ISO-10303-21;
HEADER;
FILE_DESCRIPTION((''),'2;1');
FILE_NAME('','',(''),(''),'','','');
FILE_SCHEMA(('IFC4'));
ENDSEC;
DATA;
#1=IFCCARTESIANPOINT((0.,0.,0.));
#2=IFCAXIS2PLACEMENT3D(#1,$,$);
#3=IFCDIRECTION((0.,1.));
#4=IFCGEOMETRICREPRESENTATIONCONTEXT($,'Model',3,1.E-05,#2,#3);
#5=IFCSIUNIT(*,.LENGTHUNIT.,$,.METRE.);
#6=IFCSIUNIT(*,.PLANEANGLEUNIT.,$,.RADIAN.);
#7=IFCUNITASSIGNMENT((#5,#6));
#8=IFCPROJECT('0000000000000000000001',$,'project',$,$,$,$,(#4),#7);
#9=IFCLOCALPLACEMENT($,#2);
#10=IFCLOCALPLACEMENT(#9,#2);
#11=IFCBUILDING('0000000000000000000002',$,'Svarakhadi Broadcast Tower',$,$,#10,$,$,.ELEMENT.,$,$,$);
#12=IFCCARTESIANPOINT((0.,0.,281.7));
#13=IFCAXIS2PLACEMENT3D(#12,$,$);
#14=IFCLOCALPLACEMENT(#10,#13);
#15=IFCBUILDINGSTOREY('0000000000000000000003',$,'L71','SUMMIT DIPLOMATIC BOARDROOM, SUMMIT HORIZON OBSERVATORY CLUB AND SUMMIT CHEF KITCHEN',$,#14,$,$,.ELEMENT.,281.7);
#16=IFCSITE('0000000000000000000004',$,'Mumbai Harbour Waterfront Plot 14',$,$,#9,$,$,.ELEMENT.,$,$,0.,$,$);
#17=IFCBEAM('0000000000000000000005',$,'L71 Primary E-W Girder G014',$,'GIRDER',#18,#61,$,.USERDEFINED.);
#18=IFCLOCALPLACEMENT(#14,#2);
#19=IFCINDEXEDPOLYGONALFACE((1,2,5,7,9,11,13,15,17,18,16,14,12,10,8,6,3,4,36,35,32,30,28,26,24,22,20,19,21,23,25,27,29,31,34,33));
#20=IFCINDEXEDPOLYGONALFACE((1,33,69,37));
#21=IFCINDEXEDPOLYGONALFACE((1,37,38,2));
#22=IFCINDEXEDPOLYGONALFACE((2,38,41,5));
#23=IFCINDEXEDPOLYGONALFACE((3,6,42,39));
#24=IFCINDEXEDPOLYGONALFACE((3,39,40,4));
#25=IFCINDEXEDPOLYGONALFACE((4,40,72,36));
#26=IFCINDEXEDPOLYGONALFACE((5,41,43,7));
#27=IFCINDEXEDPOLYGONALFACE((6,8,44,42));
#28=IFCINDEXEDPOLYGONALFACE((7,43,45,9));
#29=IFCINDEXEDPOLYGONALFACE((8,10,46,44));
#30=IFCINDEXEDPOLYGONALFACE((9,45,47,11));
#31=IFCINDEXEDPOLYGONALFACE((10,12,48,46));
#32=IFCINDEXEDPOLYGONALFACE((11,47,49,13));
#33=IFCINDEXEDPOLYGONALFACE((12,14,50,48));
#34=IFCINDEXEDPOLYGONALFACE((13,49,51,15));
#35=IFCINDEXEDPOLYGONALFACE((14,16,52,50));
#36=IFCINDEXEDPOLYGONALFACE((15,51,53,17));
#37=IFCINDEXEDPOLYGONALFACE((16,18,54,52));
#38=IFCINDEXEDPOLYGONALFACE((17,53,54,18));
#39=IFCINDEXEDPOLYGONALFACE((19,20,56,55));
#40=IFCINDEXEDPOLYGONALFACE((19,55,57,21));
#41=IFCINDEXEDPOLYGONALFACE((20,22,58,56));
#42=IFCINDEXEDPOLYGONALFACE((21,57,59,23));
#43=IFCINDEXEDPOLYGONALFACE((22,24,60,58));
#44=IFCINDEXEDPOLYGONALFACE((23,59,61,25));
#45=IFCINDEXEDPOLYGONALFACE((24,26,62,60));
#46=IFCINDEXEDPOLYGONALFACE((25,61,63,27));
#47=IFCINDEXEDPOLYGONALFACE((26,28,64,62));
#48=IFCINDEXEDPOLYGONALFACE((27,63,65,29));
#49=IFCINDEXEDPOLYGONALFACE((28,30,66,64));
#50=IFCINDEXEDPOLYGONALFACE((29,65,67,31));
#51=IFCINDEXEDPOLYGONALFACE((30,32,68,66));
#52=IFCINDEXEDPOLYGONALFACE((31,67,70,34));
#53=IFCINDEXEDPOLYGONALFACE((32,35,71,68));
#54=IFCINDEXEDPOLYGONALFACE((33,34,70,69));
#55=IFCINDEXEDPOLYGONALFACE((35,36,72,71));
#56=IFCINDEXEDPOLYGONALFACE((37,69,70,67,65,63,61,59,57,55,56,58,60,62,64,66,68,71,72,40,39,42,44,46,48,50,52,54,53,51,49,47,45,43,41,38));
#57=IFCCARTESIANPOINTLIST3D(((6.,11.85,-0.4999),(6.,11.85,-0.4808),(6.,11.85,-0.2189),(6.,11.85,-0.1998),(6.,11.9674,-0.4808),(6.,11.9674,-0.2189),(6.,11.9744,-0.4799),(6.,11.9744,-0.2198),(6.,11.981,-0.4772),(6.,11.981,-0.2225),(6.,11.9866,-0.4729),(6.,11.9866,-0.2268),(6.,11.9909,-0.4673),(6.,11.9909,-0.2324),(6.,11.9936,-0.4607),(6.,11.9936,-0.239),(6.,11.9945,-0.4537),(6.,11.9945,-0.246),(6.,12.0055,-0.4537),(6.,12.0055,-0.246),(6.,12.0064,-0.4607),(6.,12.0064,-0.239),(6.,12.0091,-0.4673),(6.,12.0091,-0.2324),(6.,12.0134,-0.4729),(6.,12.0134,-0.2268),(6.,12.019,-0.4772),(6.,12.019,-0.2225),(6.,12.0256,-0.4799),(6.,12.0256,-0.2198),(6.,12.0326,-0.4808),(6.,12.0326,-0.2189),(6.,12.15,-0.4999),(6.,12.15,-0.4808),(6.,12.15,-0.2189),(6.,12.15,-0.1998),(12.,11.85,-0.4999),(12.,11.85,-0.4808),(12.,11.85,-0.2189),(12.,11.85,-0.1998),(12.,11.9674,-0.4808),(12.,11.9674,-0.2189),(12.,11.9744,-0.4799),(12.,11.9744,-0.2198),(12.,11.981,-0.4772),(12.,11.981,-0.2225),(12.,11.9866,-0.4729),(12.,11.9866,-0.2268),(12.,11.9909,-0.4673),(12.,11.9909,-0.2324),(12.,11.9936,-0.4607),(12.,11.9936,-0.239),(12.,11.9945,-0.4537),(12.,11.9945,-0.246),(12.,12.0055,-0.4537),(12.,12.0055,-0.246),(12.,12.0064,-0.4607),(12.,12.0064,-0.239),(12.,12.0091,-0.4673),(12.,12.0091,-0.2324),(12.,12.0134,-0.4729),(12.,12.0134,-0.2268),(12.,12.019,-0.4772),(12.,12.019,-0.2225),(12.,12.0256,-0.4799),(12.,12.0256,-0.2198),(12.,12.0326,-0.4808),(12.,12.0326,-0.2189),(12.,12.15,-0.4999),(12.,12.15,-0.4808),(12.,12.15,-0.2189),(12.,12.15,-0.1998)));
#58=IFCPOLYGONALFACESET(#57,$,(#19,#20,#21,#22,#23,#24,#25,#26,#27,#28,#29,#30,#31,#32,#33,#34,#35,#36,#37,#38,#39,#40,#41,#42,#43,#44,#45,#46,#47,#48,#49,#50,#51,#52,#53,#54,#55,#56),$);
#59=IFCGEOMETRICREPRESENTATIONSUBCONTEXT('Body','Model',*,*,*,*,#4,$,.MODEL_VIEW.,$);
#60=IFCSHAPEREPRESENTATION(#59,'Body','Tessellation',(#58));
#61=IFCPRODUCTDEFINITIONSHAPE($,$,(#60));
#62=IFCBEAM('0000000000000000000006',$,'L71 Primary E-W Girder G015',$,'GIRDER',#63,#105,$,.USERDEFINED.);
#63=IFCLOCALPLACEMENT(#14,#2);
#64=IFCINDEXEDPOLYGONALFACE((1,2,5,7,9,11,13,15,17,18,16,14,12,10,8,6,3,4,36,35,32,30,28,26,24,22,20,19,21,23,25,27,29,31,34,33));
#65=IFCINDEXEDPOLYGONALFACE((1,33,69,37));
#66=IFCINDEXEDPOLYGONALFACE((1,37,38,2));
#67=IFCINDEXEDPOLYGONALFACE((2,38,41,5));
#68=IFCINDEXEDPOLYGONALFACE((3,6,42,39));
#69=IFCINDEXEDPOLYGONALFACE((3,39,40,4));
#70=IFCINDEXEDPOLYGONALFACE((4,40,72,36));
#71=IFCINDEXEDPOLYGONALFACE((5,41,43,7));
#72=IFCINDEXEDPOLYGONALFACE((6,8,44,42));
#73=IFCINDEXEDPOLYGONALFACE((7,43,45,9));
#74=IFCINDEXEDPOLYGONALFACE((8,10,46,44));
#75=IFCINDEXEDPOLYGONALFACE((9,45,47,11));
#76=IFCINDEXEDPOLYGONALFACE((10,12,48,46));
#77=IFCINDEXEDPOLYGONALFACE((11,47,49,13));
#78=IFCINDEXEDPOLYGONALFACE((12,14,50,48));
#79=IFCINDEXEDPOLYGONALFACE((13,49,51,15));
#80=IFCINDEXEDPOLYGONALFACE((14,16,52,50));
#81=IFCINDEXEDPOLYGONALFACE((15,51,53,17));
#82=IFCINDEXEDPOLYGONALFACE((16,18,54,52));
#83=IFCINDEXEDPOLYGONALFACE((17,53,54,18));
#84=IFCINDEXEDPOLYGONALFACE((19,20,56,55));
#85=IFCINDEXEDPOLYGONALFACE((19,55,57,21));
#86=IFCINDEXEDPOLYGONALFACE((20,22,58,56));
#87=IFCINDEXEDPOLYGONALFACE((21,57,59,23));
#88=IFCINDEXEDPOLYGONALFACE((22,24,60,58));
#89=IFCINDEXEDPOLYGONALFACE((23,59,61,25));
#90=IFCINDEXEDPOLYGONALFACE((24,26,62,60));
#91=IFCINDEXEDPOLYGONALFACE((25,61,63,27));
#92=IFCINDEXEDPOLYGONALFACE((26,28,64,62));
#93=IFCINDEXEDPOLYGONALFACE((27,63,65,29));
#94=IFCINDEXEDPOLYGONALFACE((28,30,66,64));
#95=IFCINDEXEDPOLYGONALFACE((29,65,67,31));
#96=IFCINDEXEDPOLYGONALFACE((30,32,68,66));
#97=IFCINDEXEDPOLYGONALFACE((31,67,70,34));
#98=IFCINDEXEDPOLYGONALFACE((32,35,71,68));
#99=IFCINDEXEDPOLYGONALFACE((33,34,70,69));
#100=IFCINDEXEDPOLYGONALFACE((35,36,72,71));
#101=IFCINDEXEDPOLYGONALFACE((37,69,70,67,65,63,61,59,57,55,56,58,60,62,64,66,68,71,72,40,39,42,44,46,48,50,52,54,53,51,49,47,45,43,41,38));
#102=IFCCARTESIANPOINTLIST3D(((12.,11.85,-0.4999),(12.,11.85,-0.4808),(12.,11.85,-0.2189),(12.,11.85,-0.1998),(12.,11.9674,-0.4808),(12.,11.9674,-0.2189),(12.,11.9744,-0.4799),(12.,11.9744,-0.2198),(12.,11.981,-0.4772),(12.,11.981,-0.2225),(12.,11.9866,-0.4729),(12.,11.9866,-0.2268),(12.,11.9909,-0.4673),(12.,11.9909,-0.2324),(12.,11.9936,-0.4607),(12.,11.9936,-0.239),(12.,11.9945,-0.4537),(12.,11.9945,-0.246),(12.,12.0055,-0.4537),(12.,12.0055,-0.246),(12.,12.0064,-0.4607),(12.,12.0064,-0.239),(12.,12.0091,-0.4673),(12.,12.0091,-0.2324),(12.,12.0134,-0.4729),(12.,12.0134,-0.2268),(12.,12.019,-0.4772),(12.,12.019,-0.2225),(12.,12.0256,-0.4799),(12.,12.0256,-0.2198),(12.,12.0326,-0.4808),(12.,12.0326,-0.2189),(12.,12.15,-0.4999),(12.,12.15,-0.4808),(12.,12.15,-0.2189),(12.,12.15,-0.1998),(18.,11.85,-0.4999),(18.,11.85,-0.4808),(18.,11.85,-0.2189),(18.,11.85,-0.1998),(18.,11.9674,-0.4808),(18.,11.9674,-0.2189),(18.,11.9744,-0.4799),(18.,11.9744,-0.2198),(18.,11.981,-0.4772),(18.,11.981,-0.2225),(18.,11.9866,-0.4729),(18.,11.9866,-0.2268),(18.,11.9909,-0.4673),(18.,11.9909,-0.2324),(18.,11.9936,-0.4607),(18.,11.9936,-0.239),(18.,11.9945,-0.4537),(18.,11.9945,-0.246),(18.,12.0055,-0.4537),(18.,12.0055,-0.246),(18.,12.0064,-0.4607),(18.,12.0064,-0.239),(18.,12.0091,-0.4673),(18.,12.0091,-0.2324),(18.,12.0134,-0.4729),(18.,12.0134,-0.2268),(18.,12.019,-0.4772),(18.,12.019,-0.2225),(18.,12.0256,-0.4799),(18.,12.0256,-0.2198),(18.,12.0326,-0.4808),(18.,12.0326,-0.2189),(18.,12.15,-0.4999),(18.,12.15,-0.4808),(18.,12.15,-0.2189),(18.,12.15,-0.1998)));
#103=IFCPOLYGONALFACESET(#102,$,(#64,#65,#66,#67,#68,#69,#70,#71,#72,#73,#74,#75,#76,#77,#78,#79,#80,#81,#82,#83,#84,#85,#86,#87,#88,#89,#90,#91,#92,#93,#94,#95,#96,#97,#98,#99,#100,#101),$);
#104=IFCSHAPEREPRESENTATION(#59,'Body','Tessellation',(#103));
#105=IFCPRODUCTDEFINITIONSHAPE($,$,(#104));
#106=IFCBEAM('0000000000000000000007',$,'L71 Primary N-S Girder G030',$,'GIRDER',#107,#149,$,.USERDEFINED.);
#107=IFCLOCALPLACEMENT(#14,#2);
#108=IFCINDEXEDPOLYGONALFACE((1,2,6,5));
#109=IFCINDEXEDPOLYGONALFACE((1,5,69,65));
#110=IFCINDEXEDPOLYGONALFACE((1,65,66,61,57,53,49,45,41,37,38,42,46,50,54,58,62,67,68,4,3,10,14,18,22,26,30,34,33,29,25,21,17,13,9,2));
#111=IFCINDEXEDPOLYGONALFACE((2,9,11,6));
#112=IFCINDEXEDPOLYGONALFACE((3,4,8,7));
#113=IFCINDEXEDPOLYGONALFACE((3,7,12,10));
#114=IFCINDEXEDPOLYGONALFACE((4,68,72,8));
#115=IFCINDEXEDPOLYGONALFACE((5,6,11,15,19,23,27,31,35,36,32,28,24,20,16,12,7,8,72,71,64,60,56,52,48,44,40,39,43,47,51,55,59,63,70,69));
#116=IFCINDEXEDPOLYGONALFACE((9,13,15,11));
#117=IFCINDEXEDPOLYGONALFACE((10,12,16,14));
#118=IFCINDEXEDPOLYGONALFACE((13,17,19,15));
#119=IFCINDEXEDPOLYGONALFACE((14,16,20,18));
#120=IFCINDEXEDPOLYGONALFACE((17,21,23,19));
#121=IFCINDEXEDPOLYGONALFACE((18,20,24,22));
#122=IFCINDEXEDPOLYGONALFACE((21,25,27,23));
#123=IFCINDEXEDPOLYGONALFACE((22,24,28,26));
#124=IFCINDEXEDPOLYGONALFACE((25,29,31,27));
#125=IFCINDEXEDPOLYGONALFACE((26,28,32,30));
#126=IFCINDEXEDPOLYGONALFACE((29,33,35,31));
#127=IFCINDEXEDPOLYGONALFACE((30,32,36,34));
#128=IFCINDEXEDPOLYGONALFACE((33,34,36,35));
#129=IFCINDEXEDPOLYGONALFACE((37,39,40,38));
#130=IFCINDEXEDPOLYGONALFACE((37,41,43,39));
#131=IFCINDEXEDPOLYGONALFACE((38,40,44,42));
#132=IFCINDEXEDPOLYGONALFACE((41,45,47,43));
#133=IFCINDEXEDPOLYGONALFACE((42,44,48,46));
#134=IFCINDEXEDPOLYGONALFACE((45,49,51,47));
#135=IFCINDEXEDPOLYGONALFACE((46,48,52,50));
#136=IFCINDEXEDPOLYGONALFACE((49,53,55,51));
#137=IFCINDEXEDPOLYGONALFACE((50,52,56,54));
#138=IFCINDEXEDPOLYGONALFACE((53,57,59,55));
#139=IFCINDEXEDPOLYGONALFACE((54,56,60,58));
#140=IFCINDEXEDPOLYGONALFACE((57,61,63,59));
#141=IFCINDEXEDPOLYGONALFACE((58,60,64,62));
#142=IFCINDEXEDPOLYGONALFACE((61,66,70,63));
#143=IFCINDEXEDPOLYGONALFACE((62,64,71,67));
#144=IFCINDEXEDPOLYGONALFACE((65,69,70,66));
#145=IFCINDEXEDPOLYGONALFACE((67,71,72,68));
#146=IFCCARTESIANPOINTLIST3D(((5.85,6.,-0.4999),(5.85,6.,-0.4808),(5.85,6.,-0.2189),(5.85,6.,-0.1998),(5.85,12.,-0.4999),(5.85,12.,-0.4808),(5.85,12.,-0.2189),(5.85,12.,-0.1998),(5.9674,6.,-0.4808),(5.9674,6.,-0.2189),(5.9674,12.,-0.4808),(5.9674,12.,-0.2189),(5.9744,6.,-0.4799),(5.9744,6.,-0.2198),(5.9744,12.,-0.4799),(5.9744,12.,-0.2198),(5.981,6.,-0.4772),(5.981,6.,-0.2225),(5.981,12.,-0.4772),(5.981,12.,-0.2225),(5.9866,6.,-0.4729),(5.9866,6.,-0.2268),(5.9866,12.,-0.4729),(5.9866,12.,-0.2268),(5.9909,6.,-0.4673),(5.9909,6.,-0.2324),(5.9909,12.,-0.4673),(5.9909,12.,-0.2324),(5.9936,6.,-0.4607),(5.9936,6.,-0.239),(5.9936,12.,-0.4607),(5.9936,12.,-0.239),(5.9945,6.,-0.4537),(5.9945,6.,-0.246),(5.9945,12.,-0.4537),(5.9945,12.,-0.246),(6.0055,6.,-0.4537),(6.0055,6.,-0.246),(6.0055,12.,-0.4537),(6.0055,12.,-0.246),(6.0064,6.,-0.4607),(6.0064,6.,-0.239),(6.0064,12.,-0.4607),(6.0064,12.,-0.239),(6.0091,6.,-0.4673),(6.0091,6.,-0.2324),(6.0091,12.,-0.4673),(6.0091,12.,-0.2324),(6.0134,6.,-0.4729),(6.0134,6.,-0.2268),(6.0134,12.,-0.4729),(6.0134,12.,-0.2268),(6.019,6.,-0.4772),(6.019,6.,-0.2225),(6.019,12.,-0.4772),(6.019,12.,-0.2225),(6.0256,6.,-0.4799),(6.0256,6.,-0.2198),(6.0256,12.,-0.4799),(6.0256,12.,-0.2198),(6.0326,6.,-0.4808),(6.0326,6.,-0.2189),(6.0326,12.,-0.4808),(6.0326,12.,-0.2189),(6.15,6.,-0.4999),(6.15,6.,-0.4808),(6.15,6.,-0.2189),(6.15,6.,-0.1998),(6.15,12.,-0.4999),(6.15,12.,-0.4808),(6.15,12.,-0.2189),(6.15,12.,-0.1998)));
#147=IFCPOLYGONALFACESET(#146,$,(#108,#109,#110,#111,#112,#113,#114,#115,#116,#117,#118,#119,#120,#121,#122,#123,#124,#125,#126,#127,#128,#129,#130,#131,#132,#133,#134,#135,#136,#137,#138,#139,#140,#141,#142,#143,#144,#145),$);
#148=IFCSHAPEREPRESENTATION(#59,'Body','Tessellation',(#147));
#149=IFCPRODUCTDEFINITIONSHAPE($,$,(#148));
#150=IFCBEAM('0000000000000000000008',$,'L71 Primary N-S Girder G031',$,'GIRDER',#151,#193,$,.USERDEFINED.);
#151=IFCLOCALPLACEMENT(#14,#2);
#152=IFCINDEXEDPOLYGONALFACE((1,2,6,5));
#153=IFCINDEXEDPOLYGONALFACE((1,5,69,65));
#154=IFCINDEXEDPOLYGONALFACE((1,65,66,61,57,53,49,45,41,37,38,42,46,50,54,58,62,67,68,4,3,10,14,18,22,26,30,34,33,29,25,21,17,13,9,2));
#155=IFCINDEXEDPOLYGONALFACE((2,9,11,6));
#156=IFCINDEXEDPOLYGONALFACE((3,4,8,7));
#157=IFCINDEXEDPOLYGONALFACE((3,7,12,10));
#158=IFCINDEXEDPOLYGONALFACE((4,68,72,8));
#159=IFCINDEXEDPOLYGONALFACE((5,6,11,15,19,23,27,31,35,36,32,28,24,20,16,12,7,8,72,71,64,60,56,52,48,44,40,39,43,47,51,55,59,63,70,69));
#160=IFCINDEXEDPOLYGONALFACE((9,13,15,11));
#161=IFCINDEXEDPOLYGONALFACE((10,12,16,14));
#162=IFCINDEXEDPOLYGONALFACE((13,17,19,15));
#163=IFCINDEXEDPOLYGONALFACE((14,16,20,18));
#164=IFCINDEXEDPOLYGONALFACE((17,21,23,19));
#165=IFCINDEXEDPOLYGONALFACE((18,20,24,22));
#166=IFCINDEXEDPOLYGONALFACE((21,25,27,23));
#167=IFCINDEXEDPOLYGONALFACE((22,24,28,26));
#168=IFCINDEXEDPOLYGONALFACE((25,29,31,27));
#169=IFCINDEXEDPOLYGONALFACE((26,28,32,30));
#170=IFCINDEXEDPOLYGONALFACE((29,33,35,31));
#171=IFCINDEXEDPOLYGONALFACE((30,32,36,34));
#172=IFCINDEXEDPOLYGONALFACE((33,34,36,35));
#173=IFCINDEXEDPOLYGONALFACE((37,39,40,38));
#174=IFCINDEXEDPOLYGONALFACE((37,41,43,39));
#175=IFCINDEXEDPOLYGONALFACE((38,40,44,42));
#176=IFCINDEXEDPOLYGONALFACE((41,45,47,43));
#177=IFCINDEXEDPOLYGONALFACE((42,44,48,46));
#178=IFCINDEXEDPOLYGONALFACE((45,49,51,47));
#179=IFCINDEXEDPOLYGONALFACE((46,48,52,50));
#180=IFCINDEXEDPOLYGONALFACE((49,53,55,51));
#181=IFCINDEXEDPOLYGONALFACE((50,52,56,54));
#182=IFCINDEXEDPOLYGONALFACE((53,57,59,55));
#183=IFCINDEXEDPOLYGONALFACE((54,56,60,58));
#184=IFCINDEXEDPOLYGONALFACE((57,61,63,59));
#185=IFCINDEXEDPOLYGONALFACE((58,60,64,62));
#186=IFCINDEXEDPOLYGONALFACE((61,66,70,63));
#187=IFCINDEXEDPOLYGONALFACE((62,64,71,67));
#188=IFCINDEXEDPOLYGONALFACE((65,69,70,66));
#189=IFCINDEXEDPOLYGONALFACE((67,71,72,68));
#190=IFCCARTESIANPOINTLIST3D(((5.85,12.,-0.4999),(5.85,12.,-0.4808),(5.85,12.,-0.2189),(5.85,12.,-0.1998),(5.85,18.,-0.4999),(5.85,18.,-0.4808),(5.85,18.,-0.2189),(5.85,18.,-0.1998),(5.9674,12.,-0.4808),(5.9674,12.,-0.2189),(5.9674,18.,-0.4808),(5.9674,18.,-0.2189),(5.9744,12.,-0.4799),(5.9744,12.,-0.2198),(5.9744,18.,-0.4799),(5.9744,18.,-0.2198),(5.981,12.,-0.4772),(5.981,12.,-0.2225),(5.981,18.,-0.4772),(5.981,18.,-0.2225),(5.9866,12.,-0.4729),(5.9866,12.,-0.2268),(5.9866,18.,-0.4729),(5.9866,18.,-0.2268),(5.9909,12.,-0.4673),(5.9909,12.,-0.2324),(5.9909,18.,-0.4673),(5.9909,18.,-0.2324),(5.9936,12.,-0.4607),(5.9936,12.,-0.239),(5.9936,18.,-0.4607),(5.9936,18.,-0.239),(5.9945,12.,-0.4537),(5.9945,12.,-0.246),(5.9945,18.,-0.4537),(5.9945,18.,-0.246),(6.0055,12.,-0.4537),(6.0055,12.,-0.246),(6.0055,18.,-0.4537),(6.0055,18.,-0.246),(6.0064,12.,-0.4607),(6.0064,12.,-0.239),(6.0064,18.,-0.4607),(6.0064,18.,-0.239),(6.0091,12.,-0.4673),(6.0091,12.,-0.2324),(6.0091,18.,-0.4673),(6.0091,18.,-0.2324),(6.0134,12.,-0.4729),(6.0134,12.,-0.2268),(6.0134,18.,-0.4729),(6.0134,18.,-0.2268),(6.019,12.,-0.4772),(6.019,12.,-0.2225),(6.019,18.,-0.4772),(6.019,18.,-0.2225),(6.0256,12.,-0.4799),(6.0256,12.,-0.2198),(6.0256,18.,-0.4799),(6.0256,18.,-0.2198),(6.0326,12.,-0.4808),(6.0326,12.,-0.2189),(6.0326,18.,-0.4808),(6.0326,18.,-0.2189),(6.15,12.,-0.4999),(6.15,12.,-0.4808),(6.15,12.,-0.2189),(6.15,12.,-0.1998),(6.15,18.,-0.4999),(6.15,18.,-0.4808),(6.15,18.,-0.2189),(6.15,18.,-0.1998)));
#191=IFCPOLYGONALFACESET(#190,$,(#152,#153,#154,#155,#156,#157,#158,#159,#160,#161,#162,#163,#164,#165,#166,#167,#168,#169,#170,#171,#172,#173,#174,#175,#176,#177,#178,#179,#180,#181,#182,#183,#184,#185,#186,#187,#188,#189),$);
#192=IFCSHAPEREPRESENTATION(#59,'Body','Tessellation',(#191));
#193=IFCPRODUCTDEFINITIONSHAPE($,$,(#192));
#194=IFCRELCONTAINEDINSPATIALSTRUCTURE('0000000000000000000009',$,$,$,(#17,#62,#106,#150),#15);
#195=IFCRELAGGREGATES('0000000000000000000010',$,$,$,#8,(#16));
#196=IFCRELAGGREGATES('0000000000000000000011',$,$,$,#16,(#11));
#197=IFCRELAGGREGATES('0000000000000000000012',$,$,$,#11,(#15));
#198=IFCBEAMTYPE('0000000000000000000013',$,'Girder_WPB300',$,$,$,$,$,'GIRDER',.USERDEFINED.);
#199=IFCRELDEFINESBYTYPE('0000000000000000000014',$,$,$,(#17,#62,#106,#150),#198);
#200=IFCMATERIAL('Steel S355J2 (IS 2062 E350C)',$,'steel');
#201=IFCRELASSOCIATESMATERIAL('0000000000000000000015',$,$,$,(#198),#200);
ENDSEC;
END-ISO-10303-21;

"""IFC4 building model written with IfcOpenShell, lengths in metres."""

from ifc_helpers import new_model, si_unit, direction, frame, origin, origin_2d, place, context, subcontext, project, spatial, i_section, extrude, material, material_profile, profile_set, type_object, element, save


model = new_model("IFC4")

# Units and contexts
model_context = context("Model", 3, precision=1e-05, world=origin(), true_north=direction((0.0, 1.0)))
body_context = subcontext(model_context, "Body", "Model", "MODEL_VIEW")
ifc_project = project(units=[si_unit("LENGTHUNIT", "METRE"), si_unit("PLANEANGLEUNIT", "RADIAN")], contexts=[model_context])

# Site, building, storey
site_placement = place(None, origin())
site = spatial("IfcSite", under=ifc_project, at=site_placement, Name="Mumbai Harbour Waterfront Plot 14", CompositionType="ELEMENT", RefElevation=0.0)
building_placement = place(site_placement, origin())
building = spatial("IfcBuilding", under=site, at=building_placement, Name="Svarakhadi Broadcast Tower", CompositionType="ELEMENT")
storey_placement = place(building_placement, frame((0.0, 0.0, 281.7)))
storey = spatial("IfcBuildingStorey", under=building, at=storey_placement, Name="L71", Description="SUMMIT DIPLOMATIC BOARDROOM, SUMMIT HORIZON OBSERVATORY CLUB AND SUMMIT CHEF KITCHEN", CompositionType="ELEMENT", Elevation=281.7)

# Beams
ifc_material_1 = material(Name="Steel S355J2 (IS 2062 E350C)", Category="steel")
ifc_material_profile_1 = material_profile(ifc_material_1, i_section(OverallWidth=0.3, OverallDepth=0.3, WebThickness=0.011, FlangeThickness=0.019, FilletRadius=0.0271, at=origin_2d()), Name="WPB 300x300x117")
ifc_profile_set_1 = profile_set([ifc_material_profile_1], Name="Steel S355J2 (IS 2062 E350C)")
beam_type_1 = type_object("IfcBeamType", Name="Girder_WPB300", ElementType="GIRDER", PredefinedType="USERDEFINED", material=ifc_profile_set_1)
for number, where, z_axis, x_axis, name in (
    (1, (6.0, 12.0, -0.3499), (1.0, 0.0, 0.0), (0.0, 1.0, 0.0), "L71 Primary E-W Girder G014"),
    (2, (12.0, 12.0, -0.3499), (1.0, 0.0, 0.0), (0.0, 1.0, 0.0), "L71 Primary E-W Girder G015"),
    (3, (6.0, 6.0, -0.3499), (0.0, 1.0, 0.0), (-1.0, 0.0, 0.0), "L71 Primary N-S Girder G030"),
    (4, (6.0, 12.0, -0.3499), (0.0, 1.0, 0.0), (-1.0, 0.0, 0.0), "L71 Primary N-S Girder G031"),
):
    element("IfcBeam", number, at=place(storey_placement, frame(where, z_axis=z_axis, x_axis=x_axis)), inside=storey, type_object=beam_type_1, Name=name, ObjectType="GIRDER", PredefinedType="USERDEFINED", context=body_context, shape_type="SweptSolid", body=[
        extrude(i_section(OverallWidth=0.3, OverallDepth=0.3, WebThickness=0.011, FlangeThickness=0.019, FilletRadius=0.0271, at=origin_2d()), origin(), (0.0, 0.0, 1.0), 6.0),
    ])

save(model, "model.ifc")
